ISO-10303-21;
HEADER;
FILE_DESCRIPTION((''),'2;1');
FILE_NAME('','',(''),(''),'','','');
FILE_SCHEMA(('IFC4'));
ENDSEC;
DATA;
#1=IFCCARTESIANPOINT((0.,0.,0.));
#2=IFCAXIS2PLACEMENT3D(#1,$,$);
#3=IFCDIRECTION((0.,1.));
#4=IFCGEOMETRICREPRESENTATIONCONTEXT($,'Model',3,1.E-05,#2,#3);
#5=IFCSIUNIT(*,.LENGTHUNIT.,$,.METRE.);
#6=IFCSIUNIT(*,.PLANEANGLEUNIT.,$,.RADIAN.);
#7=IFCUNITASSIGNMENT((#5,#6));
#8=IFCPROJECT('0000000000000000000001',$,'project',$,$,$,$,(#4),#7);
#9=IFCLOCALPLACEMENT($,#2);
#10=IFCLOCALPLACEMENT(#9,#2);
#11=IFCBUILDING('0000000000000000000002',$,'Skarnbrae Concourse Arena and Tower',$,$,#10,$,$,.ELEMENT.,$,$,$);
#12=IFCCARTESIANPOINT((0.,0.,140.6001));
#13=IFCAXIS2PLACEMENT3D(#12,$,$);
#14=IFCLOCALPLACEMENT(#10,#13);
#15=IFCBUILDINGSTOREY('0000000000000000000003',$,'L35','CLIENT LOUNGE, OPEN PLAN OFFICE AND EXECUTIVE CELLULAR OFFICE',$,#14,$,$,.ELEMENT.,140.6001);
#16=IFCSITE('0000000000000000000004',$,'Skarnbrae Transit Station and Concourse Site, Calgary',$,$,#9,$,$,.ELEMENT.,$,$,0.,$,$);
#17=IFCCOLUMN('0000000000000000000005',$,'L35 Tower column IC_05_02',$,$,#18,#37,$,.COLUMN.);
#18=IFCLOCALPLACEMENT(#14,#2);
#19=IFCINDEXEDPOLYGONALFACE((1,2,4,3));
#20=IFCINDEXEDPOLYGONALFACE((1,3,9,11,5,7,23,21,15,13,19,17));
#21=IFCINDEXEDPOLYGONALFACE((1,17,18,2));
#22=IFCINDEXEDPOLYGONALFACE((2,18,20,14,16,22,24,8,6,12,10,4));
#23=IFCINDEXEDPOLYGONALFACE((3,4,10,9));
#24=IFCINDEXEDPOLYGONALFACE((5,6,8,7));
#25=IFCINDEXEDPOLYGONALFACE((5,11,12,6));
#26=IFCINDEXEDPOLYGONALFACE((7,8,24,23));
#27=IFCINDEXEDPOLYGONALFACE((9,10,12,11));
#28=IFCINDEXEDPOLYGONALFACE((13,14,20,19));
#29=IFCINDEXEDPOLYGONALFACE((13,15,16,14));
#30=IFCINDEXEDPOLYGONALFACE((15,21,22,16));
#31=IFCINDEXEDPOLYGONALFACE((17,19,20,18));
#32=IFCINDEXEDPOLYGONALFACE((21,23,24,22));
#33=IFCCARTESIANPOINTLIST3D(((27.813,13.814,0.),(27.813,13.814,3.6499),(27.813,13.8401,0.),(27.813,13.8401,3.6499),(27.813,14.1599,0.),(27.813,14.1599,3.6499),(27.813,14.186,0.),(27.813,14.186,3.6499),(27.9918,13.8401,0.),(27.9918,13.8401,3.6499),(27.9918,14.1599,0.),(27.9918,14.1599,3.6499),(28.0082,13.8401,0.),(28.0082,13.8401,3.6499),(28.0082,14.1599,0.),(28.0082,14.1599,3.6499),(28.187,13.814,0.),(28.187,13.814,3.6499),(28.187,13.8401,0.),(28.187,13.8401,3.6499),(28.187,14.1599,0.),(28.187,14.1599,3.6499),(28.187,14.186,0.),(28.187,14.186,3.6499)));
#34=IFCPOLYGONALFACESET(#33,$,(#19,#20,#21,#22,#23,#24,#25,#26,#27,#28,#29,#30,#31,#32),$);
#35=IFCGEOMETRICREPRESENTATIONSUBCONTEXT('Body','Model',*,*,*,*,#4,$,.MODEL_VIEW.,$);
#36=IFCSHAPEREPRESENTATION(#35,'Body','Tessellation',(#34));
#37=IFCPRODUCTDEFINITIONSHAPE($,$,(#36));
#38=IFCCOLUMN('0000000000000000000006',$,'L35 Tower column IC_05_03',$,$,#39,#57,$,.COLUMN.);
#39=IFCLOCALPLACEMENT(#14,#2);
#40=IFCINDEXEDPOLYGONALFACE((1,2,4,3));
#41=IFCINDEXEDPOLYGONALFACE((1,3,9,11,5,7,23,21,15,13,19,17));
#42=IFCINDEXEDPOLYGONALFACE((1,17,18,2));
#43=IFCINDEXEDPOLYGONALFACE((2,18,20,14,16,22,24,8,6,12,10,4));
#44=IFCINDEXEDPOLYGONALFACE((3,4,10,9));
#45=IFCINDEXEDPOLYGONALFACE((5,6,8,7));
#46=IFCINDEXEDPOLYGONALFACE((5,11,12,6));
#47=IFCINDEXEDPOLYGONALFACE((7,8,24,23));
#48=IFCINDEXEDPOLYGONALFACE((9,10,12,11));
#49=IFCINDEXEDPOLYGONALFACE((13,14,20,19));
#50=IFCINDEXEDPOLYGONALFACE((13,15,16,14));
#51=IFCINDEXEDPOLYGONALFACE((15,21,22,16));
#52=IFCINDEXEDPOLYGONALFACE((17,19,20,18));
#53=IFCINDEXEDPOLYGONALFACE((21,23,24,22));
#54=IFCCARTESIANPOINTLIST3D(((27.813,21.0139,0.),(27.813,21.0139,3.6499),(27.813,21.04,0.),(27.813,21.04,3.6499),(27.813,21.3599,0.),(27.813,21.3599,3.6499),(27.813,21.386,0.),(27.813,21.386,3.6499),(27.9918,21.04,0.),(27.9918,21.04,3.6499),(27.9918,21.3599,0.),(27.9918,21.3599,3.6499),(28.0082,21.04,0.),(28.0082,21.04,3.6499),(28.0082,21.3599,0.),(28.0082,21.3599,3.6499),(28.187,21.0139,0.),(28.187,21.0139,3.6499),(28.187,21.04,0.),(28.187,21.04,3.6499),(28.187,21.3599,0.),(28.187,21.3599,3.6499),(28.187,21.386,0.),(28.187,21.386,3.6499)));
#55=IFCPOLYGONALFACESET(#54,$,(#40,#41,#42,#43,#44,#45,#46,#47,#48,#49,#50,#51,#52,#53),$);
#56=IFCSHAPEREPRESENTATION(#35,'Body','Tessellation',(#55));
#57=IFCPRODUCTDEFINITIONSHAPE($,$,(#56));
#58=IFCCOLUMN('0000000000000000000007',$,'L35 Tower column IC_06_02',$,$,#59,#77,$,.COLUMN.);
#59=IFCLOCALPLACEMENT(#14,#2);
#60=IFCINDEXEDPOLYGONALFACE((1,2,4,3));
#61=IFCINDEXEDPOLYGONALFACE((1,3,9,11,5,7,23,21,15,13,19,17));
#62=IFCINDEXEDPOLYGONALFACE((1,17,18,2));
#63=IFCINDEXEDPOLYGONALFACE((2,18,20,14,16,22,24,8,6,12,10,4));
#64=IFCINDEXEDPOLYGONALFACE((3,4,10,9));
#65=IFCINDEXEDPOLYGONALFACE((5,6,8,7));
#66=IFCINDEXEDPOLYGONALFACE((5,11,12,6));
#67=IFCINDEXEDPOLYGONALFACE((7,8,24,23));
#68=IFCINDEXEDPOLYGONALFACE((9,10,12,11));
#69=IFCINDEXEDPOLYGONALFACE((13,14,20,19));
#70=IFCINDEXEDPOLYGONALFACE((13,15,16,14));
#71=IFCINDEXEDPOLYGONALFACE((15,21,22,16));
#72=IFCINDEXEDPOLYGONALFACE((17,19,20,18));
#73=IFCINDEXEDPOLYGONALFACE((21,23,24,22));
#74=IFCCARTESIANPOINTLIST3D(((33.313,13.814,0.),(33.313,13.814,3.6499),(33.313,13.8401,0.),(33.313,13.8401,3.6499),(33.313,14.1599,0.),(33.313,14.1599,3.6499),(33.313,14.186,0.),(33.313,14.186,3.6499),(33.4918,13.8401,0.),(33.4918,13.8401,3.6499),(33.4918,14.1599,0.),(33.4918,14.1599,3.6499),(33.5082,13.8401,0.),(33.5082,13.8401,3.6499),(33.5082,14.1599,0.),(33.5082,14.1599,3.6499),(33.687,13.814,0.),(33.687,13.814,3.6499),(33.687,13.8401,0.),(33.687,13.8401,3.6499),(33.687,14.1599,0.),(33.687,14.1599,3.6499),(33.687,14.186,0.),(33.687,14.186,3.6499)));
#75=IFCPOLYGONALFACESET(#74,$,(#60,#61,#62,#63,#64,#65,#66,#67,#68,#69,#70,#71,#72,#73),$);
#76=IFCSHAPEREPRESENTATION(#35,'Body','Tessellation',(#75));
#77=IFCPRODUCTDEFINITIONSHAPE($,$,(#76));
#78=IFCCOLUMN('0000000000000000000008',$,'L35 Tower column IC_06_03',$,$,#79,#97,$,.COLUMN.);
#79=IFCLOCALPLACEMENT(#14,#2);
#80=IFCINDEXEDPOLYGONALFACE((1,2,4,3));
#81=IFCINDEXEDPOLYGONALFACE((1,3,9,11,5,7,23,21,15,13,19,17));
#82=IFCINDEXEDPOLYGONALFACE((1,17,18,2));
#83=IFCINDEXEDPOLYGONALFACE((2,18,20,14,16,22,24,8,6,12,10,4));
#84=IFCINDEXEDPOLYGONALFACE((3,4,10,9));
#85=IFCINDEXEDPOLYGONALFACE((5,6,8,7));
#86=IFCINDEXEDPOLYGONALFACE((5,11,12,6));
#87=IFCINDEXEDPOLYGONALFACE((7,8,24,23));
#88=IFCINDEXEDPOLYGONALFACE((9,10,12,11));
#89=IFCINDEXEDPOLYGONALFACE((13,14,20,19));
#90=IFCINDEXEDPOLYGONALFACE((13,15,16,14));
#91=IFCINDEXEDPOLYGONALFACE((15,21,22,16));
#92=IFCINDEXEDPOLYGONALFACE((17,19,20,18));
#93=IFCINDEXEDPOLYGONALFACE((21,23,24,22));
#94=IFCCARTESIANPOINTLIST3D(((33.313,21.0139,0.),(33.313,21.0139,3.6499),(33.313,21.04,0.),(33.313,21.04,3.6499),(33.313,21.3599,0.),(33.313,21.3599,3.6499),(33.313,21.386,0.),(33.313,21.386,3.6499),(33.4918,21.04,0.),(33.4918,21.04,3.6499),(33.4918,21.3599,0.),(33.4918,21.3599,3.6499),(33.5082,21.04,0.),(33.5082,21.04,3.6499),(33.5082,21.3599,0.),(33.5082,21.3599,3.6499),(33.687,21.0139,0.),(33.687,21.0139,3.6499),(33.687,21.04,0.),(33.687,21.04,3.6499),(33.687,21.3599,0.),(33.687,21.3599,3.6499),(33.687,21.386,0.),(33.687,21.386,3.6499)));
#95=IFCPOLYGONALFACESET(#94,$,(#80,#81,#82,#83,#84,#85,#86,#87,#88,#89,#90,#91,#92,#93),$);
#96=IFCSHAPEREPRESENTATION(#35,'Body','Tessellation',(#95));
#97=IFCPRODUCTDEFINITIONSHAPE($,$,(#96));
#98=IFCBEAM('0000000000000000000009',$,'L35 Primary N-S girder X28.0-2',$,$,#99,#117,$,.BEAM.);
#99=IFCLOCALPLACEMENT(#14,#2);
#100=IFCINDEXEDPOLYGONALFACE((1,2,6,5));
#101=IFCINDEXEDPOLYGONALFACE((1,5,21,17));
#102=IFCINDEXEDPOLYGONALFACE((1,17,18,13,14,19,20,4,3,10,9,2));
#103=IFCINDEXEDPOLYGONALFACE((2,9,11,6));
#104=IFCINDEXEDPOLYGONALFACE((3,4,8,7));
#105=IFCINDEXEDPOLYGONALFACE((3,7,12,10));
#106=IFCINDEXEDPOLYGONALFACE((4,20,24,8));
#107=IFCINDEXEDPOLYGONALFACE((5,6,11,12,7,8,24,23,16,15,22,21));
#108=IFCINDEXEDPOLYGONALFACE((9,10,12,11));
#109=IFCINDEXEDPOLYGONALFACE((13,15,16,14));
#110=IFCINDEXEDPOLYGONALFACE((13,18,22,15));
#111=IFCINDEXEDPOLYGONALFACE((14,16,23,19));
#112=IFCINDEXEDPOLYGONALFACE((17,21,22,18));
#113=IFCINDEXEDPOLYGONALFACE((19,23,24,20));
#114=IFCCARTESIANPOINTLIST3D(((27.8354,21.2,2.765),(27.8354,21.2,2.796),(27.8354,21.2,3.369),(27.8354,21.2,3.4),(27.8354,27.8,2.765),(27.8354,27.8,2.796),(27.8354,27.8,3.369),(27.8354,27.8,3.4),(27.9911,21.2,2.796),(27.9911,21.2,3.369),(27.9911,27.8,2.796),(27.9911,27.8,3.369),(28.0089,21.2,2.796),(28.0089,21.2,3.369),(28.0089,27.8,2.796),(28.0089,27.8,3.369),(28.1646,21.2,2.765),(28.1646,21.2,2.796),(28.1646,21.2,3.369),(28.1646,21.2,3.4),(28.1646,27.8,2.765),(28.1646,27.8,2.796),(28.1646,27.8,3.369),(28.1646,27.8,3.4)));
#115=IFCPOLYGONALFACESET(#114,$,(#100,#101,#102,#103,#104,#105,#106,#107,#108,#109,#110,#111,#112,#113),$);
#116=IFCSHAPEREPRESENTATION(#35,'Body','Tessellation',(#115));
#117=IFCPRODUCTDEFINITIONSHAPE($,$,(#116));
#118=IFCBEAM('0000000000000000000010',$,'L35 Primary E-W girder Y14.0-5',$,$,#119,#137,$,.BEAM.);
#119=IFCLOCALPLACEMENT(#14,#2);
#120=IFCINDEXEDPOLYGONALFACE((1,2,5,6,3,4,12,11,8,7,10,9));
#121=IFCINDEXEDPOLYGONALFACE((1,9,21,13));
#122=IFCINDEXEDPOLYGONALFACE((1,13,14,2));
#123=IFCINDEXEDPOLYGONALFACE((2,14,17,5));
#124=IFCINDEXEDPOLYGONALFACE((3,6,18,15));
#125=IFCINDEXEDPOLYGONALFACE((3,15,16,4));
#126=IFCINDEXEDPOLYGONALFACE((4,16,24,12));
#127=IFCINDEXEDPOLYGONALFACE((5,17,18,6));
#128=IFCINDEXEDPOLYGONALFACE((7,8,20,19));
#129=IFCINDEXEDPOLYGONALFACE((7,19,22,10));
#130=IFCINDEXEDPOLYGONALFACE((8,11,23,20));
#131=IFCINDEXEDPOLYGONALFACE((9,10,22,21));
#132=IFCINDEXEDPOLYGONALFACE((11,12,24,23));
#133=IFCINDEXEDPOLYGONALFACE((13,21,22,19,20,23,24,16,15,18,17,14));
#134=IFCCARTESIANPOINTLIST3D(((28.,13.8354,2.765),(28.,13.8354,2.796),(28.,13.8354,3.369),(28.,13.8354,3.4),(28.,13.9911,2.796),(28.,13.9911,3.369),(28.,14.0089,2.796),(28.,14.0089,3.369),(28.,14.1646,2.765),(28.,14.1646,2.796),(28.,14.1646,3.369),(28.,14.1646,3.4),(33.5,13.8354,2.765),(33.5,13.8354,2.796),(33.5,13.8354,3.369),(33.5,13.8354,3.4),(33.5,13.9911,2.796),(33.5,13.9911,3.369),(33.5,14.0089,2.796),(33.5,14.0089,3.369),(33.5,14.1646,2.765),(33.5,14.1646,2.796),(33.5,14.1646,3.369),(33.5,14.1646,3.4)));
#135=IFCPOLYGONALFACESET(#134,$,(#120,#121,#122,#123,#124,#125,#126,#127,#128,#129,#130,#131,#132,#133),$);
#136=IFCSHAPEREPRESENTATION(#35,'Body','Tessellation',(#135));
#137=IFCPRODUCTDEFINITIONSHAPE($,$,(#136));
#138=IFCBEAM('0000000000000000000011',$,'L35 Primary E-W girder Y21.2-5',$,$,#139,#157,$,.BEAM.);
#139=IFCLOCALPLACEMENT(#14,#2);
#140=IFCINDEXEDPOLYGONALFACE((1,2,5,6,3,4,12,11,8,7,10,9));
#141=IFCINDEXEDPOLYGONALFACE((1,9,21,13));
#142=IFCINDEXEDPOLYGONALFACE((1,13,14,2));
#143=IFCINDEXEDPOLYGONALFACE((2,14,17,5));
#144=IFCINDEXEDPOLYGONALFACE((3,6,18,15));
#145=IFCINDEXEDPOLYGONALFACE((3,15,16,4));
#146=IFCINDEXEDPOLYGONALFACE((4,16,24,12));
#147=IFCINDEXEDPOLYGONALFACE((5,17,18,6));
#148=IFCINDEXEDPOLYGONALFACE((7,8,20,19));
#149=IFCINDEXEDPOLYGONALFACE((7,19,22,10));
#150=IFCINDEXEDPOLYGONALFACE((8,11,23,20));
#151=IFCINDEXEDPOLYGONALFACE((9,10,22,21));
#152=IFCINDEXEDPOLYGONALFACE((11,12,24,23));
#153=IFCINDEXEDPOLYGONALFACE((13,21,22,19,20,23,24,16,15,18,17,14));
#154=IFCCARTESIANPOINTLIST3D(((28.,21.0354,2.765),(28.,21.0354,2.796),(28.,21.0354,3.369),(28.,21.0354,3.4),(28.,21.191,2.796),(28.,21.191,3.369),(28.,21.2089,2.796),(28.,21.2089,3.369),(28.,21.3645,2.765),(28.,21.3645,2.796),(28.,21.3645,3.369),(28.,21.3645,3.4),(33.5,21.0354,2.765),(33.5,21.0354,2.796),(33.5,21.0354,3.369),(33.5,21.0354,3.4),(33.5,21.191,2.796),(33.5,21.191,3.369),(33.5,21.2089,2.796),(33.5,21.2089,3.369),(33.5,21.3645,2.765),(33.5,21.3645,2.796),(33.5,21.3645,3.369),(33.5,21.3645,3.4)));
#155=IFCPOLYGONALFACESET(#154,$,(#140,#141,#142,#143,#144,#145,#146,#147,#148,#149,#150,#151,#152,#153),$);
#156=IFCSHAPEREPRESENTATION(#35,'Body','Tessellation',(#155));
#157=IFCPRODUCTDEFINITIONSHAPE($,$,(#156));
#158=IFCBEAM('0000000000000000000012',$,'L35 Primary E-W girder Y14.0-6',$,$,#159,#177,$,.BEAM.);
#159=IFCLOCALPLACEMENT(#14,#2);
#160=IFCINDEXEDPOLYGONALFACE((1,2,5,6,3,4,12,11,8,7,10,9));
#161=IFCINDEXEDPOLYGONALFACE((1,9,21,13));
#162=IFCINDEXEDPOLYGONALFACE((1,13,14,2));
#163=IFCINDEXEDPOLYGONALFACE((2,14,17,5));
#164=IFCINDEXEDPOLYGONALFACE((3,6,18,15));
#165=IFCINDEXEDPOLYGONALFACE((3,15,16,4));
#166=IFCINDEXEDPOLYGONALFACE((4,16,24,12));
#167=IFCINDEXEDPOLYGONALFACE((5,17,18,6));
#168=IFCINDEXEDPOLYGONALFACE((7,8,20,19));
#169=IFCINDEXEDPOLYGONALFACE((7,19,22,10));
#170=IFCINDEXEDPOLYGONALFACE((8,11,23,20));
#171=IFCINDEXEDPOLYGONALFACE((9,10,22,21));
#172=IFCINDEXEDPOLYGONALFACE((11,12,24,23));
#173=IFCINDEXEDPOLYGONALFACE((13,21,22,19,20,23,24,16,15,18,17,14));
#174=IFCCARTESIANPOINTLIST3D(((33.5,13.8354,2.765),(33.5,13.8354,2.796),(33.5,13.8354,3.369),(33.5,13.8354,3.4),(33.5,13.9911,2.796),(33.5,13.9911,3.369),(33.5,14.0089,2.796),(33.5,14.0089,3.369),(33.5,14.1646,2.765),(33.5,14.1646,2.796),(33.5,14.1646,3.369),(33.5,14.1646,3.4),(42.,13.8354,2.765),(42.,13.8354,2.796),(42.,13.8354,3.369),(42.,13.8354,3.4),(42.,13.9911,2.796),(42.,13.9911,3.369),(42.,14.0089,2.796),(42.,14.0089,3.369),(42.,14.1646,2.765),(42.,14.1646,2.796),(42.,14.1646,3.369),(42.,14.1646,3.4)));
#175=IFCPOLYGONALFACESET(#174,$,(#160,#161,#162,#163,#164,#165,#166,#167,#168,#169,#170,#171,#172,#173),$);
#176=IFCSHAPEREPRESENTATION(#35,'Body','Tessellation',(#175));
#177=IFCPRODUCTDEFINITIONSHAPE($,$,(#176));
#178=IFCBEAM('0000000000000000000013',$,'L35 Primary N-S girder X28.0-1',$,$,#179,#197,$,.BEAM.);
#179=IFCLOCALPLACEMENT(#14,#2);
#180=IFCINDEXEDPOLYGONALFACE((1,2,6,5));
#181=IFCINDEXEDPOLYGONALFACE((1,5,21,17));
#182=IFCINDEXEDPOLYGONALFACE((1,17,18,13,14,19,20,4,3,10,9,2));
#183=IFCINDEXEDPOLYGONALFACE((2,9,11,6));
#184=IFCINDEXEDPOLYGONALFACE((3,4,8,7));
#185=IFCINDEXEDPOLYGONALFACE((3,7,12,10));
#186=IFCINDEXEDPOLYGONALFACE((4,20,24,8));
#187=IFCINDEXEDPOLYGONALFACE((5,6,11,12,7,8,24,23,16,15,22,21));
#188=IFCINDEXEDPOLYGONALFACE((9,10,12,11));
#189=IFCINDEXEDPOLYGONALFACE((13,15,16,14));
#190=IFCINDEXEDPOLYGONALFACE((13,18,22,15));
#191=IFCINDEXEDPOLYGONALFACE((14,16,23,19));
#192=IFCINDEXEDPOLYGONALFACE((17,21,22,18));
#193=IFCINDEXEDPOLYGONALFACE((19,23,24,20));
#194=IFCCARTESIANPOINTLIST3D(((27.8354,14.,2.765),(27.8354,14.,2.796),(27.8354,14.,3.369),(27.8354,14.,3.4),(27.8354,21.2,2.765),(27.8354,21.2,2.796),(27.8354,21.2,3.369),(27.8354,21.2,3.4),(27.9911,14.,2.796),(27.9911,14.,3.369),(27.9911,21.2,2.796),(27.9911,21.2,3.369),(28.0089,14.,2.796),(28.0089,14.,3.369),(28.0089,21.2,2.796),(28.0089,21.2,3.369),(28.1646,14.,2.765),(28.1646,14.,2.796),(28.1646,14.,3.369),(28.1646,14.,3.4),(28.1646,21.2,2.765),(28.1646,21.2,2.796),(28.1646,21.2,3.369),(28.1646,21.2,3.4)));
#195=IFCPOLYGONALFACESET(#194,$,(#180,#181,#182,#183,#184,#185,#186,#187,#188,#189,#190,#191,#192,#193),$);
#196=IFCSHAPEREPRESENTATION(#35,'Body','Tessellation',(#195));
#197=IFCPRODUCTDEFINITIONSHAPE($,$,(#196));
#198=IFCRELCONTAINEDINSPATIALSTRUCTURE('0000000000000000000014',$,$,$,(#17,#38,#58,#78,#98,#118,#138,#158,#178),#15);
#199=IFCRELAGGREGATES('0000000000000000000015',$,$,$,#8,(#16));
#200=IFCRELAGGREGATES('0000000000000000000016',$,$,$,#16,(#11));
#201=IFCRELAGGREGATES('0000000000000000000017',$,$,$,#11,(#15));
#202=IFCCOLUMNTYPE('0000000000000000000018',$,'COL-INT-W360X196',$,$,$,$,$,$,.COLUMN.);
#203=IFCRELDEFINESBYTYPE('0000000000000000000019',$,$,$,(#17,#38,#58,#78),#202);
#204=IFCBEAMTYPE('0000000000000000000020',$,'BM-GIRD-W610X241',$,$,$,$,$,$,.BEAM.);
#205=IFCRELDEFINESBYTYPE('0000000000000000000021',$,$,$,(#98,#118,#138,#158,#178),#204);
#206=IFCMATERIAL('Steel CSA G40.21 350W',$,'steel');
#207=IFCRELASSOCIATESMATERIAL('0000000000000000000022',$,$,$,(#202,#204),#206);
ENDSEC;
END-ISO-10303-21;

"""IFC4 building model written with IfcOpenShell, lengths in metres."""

from ifc_helpers import new_model, si_unit, direction, frame, origin, origin_2d, place, context, subcontext, project, spatial, i_section, extrude, source, transform, mapped, material, material_profile, profile_set, type_object, element, save


model = new_model("IFC4")

# Units and contexts
model_context = context("Model", 3, precision=1e-05, world=origin(), true_north=direction((0.0, 1.0)))
body_context = subcontext(model_context, "Body", "Model", "MODEL_VIEW")
ifc_project = project(units=[si_unit("LENGTHUNIT", "METRE"), si_unit("PLANEANGLEUNIT", "RADIAN")], contexts=[model_context])

# Site, building, storey
site_placement = place(None, origin())
site = spatial("IfcSite", under=ifc_project, at=site_placement, Name="Skarnbrae Transit Station and Concourse Site, Calgary", CompositionType="ELEMENT", RefElevation=0.0)
building_placement = place(site_placement, origin())
building = spatial("IfcBuilding", under=site, at=building_placement, Name="Skarnbrae Concourse Arena and Tower", CompositionType="ELEMENT")
storey_placement = place(building_placement, frame((0.0, 0.0, 140.6001)))
storey = spatial("IfcBuildingStorey", under=building, at=storey_placement, Name="L35", Description="CLIENT LOUNGE, OPEN PLAN OFFICE AND EXECUTIVE CELLULAR OFFICE", CompositionType="ELEMENT", Elevation=140.6001)

# Columns
ifc_material_1 = material(Name="Steel CSA G40.21 350W", Category="steel")
ifc_material_profile_1 = material_profile(ifc_material_1, i_section(OverallWidth=0.374, OverallDepth=0.3721, WebThickness=0.0164, FlangeThickness=0.0261, at=origin_2d()), Name="W360X196")
ifc_profile_set_1 = profile_set([ifc_material_profile_1], Name="Steel CSA G40.21 350W")
column_type = type_object("IfcColumnType", Name="COL-INT-W360X196", PredefinedType="COLUMN", material=ifc_profile_set_1)
shared_shape_1 = source(origin(), body_context, "Body", "SweptSolid", [
    extrude(i_section(OverallWidth=0.374, OverallDepth=0.3721, WebThickness=0.0164, FlangeThickness=0.0261, at=origin_2d()), origin(), (0.0, 0.0, 1.0), 3.6499),
])
for number, where, z_axis, x_axis, name in (
    (1, (28.0, 14.0, 0.0), (0.0, 0.0, 1.0), (1.0, 0.0, 0.0), "L35 Tower column IC_05_02"),
    (2, (28.0, 21.2, 0.0), (0.0, 0.0, 1.0), (1.0, 0.0, 0.0), "L35 Tower column IC_05_03"),
    (3, (33.5, 14.0, 0.0), (0.0, 0.0, 1.0), (1.0, 0.0, 0.0), "L35 Tower column IC_06_02"),
    (4, (33.5, 21.2, 0.0), (0.0, 0.0, 1.0), (1.0, 0.0, 0.0), "L35 Tower column IC_06_03"),
):
    element("IfcColumn", number, at=place(storey_placement, frame(where, z_axis=z_axis, x_axis=x_axis)), inside=storey, type_object=column_type, Name=name, PredefinedType="COLUMN", context=body_context, shape_type="MappedRepresentation", body=[
        mapped(shared_shape_1, transform((0.0, 0.0, 0.0))),
    ])

# Beams
ifc_material_profile_2 = material_profile(ifc_material_1, i_section(OverallWidth=0.3291, OverallDepth=0.635, WebThickness=0.0178, FlangeThickness=0.031, at=origin_2d()), Name="W610X241")
ifc_profile_set_2 = profile_set([ifc_material_profile_2], Name="Steel CSA G40.21 350W")
beam_type_1 = type_object("IfcBeamType", Name="BM-GIRD-W610X241", PredefinedType="BEAM", material=ifc_profile_set_2)
shared_shape_2 = source(origin(), body_context, "Body", "SweptSolid", [
    extrude(i_section(OverallWidth=0.3291, OverallDepth=0.635, WebThickness=0.0178, FlangeThickness=0.031, at=origin_2d()), origin(), (0.0, 0.0, 1.0), 6.6001),
])
beam_1_placement = place(storey_placement, frame((28.0, 21.2, 3.0825), z_axis=(0.0, 1.0, 0.0), x_axis=(-1.0, 0.0, 0.0)))
element("IfcBeam", 5, at=beam_1_placement, inside=storey, type_object=beam_type_1, Name="L35 Primary N-S girder X28.0-2", PredefinedType="BEAM", context=body_context, shape_type="MappedRepresentation", body=[
    mapped(shared_shape_2, transform((0.0, 0.0, 0.0))),
])
shared_shape_3 = source(origin(), body_context, "Body", "SweptSolid", [
    extrude(i_section(OverallWidth=0.3291, OverallDepth=0.635, WebThickness=0.0178, FlangeThickness=0.031, at=origin_2d()), origin(), (0.0, 0.0, 1.0), 5.5),
])
for number, where, z_axis, x_axis, name in (
    (6, (28.0, 14.0, 3.0825), (1.0, 0.0, 0.0), (0.0, 1.0, 0.0), "L35 Primary E-W girder Y14.0-5"),
    (7, (28.0, 21.2, 3.0825), (1.0, 0.0, 0.0), (0.0, 1.0, 0.0), "L35 Primary E-W girder Y21.2-5"),
):
    element("IfcBeam", number, at=place(storey_placement, frame(where, z_axis=z_axis, x_axis=x_axis)), inside=storey, type_object=beam_type_1, Name=name, PredefinedType="BEAM", context=body_context, shape_type="MappedRepresentation", body=[
        mapped(shared_shape_3, transform((0.0, 0.0, 0.0))),
    ])
shared_shape_4 = source(origin(), body_context, "Body", "SweptSolid", [
    extrude(i_section(OverallWidth=0.3291, OverallDepth=0.635, WebThickness=0.0178, FlangeThickness=0.031, at=origin_2d()), origin(), (0.0, 0.0, 1.0), 8.5),
])
beam_2_placement = place(storey_placement, frame((33.5, 14.0, 3.0825), z_axis=(1.0, 0.0, 0.0), x_axis=(0.0, 1.0, 0.0)))
element("IfcBeam", 8, at=beam_2_placement, inside=storey, type_object=beam_type_1, Name="L35 Primary E-W girder Y14.0-6", PredefinedType="BEAM", context=body_context, shape_type="MappedRepresentation", body=[
    mapped(shared_shape_4, transform((0.0, 0.0, 0.0))),
])
shared_shape_5 = source(origin(), body_context, "Body", "SweptSolid", [
    extrude(i_section(OverallWidth=0.3291, OverallDepth=0.635, WebThickness=0.0178, FlangeThickness=0.031, at=origin_2d()), origin(), (0.0, 0.0, 1.0), 7.2),
])
for number, where, z_axis, x_axis, name in (
    (9, (28.0, 14.0, 3.0825), (0.0, 1.0, 0.0), (-1.0, 0.0, 0.0), "L35 Primary N-S girder X28.0-1"),
):
    element("IfcBeam", number, at=place(storey_placement, frame(where, z_axis=z_axis, x_axis=x_axis)), inside=storey, type_object=beam_type_1, Name=name, PredefinedType="BEAM", context=body_context, shape_type="MappedRepresentation", body=[
        mapped(shared_shape_5, transform((0.0, 0.0, 0.0))),
    ])

save(model, "model.ifc")
